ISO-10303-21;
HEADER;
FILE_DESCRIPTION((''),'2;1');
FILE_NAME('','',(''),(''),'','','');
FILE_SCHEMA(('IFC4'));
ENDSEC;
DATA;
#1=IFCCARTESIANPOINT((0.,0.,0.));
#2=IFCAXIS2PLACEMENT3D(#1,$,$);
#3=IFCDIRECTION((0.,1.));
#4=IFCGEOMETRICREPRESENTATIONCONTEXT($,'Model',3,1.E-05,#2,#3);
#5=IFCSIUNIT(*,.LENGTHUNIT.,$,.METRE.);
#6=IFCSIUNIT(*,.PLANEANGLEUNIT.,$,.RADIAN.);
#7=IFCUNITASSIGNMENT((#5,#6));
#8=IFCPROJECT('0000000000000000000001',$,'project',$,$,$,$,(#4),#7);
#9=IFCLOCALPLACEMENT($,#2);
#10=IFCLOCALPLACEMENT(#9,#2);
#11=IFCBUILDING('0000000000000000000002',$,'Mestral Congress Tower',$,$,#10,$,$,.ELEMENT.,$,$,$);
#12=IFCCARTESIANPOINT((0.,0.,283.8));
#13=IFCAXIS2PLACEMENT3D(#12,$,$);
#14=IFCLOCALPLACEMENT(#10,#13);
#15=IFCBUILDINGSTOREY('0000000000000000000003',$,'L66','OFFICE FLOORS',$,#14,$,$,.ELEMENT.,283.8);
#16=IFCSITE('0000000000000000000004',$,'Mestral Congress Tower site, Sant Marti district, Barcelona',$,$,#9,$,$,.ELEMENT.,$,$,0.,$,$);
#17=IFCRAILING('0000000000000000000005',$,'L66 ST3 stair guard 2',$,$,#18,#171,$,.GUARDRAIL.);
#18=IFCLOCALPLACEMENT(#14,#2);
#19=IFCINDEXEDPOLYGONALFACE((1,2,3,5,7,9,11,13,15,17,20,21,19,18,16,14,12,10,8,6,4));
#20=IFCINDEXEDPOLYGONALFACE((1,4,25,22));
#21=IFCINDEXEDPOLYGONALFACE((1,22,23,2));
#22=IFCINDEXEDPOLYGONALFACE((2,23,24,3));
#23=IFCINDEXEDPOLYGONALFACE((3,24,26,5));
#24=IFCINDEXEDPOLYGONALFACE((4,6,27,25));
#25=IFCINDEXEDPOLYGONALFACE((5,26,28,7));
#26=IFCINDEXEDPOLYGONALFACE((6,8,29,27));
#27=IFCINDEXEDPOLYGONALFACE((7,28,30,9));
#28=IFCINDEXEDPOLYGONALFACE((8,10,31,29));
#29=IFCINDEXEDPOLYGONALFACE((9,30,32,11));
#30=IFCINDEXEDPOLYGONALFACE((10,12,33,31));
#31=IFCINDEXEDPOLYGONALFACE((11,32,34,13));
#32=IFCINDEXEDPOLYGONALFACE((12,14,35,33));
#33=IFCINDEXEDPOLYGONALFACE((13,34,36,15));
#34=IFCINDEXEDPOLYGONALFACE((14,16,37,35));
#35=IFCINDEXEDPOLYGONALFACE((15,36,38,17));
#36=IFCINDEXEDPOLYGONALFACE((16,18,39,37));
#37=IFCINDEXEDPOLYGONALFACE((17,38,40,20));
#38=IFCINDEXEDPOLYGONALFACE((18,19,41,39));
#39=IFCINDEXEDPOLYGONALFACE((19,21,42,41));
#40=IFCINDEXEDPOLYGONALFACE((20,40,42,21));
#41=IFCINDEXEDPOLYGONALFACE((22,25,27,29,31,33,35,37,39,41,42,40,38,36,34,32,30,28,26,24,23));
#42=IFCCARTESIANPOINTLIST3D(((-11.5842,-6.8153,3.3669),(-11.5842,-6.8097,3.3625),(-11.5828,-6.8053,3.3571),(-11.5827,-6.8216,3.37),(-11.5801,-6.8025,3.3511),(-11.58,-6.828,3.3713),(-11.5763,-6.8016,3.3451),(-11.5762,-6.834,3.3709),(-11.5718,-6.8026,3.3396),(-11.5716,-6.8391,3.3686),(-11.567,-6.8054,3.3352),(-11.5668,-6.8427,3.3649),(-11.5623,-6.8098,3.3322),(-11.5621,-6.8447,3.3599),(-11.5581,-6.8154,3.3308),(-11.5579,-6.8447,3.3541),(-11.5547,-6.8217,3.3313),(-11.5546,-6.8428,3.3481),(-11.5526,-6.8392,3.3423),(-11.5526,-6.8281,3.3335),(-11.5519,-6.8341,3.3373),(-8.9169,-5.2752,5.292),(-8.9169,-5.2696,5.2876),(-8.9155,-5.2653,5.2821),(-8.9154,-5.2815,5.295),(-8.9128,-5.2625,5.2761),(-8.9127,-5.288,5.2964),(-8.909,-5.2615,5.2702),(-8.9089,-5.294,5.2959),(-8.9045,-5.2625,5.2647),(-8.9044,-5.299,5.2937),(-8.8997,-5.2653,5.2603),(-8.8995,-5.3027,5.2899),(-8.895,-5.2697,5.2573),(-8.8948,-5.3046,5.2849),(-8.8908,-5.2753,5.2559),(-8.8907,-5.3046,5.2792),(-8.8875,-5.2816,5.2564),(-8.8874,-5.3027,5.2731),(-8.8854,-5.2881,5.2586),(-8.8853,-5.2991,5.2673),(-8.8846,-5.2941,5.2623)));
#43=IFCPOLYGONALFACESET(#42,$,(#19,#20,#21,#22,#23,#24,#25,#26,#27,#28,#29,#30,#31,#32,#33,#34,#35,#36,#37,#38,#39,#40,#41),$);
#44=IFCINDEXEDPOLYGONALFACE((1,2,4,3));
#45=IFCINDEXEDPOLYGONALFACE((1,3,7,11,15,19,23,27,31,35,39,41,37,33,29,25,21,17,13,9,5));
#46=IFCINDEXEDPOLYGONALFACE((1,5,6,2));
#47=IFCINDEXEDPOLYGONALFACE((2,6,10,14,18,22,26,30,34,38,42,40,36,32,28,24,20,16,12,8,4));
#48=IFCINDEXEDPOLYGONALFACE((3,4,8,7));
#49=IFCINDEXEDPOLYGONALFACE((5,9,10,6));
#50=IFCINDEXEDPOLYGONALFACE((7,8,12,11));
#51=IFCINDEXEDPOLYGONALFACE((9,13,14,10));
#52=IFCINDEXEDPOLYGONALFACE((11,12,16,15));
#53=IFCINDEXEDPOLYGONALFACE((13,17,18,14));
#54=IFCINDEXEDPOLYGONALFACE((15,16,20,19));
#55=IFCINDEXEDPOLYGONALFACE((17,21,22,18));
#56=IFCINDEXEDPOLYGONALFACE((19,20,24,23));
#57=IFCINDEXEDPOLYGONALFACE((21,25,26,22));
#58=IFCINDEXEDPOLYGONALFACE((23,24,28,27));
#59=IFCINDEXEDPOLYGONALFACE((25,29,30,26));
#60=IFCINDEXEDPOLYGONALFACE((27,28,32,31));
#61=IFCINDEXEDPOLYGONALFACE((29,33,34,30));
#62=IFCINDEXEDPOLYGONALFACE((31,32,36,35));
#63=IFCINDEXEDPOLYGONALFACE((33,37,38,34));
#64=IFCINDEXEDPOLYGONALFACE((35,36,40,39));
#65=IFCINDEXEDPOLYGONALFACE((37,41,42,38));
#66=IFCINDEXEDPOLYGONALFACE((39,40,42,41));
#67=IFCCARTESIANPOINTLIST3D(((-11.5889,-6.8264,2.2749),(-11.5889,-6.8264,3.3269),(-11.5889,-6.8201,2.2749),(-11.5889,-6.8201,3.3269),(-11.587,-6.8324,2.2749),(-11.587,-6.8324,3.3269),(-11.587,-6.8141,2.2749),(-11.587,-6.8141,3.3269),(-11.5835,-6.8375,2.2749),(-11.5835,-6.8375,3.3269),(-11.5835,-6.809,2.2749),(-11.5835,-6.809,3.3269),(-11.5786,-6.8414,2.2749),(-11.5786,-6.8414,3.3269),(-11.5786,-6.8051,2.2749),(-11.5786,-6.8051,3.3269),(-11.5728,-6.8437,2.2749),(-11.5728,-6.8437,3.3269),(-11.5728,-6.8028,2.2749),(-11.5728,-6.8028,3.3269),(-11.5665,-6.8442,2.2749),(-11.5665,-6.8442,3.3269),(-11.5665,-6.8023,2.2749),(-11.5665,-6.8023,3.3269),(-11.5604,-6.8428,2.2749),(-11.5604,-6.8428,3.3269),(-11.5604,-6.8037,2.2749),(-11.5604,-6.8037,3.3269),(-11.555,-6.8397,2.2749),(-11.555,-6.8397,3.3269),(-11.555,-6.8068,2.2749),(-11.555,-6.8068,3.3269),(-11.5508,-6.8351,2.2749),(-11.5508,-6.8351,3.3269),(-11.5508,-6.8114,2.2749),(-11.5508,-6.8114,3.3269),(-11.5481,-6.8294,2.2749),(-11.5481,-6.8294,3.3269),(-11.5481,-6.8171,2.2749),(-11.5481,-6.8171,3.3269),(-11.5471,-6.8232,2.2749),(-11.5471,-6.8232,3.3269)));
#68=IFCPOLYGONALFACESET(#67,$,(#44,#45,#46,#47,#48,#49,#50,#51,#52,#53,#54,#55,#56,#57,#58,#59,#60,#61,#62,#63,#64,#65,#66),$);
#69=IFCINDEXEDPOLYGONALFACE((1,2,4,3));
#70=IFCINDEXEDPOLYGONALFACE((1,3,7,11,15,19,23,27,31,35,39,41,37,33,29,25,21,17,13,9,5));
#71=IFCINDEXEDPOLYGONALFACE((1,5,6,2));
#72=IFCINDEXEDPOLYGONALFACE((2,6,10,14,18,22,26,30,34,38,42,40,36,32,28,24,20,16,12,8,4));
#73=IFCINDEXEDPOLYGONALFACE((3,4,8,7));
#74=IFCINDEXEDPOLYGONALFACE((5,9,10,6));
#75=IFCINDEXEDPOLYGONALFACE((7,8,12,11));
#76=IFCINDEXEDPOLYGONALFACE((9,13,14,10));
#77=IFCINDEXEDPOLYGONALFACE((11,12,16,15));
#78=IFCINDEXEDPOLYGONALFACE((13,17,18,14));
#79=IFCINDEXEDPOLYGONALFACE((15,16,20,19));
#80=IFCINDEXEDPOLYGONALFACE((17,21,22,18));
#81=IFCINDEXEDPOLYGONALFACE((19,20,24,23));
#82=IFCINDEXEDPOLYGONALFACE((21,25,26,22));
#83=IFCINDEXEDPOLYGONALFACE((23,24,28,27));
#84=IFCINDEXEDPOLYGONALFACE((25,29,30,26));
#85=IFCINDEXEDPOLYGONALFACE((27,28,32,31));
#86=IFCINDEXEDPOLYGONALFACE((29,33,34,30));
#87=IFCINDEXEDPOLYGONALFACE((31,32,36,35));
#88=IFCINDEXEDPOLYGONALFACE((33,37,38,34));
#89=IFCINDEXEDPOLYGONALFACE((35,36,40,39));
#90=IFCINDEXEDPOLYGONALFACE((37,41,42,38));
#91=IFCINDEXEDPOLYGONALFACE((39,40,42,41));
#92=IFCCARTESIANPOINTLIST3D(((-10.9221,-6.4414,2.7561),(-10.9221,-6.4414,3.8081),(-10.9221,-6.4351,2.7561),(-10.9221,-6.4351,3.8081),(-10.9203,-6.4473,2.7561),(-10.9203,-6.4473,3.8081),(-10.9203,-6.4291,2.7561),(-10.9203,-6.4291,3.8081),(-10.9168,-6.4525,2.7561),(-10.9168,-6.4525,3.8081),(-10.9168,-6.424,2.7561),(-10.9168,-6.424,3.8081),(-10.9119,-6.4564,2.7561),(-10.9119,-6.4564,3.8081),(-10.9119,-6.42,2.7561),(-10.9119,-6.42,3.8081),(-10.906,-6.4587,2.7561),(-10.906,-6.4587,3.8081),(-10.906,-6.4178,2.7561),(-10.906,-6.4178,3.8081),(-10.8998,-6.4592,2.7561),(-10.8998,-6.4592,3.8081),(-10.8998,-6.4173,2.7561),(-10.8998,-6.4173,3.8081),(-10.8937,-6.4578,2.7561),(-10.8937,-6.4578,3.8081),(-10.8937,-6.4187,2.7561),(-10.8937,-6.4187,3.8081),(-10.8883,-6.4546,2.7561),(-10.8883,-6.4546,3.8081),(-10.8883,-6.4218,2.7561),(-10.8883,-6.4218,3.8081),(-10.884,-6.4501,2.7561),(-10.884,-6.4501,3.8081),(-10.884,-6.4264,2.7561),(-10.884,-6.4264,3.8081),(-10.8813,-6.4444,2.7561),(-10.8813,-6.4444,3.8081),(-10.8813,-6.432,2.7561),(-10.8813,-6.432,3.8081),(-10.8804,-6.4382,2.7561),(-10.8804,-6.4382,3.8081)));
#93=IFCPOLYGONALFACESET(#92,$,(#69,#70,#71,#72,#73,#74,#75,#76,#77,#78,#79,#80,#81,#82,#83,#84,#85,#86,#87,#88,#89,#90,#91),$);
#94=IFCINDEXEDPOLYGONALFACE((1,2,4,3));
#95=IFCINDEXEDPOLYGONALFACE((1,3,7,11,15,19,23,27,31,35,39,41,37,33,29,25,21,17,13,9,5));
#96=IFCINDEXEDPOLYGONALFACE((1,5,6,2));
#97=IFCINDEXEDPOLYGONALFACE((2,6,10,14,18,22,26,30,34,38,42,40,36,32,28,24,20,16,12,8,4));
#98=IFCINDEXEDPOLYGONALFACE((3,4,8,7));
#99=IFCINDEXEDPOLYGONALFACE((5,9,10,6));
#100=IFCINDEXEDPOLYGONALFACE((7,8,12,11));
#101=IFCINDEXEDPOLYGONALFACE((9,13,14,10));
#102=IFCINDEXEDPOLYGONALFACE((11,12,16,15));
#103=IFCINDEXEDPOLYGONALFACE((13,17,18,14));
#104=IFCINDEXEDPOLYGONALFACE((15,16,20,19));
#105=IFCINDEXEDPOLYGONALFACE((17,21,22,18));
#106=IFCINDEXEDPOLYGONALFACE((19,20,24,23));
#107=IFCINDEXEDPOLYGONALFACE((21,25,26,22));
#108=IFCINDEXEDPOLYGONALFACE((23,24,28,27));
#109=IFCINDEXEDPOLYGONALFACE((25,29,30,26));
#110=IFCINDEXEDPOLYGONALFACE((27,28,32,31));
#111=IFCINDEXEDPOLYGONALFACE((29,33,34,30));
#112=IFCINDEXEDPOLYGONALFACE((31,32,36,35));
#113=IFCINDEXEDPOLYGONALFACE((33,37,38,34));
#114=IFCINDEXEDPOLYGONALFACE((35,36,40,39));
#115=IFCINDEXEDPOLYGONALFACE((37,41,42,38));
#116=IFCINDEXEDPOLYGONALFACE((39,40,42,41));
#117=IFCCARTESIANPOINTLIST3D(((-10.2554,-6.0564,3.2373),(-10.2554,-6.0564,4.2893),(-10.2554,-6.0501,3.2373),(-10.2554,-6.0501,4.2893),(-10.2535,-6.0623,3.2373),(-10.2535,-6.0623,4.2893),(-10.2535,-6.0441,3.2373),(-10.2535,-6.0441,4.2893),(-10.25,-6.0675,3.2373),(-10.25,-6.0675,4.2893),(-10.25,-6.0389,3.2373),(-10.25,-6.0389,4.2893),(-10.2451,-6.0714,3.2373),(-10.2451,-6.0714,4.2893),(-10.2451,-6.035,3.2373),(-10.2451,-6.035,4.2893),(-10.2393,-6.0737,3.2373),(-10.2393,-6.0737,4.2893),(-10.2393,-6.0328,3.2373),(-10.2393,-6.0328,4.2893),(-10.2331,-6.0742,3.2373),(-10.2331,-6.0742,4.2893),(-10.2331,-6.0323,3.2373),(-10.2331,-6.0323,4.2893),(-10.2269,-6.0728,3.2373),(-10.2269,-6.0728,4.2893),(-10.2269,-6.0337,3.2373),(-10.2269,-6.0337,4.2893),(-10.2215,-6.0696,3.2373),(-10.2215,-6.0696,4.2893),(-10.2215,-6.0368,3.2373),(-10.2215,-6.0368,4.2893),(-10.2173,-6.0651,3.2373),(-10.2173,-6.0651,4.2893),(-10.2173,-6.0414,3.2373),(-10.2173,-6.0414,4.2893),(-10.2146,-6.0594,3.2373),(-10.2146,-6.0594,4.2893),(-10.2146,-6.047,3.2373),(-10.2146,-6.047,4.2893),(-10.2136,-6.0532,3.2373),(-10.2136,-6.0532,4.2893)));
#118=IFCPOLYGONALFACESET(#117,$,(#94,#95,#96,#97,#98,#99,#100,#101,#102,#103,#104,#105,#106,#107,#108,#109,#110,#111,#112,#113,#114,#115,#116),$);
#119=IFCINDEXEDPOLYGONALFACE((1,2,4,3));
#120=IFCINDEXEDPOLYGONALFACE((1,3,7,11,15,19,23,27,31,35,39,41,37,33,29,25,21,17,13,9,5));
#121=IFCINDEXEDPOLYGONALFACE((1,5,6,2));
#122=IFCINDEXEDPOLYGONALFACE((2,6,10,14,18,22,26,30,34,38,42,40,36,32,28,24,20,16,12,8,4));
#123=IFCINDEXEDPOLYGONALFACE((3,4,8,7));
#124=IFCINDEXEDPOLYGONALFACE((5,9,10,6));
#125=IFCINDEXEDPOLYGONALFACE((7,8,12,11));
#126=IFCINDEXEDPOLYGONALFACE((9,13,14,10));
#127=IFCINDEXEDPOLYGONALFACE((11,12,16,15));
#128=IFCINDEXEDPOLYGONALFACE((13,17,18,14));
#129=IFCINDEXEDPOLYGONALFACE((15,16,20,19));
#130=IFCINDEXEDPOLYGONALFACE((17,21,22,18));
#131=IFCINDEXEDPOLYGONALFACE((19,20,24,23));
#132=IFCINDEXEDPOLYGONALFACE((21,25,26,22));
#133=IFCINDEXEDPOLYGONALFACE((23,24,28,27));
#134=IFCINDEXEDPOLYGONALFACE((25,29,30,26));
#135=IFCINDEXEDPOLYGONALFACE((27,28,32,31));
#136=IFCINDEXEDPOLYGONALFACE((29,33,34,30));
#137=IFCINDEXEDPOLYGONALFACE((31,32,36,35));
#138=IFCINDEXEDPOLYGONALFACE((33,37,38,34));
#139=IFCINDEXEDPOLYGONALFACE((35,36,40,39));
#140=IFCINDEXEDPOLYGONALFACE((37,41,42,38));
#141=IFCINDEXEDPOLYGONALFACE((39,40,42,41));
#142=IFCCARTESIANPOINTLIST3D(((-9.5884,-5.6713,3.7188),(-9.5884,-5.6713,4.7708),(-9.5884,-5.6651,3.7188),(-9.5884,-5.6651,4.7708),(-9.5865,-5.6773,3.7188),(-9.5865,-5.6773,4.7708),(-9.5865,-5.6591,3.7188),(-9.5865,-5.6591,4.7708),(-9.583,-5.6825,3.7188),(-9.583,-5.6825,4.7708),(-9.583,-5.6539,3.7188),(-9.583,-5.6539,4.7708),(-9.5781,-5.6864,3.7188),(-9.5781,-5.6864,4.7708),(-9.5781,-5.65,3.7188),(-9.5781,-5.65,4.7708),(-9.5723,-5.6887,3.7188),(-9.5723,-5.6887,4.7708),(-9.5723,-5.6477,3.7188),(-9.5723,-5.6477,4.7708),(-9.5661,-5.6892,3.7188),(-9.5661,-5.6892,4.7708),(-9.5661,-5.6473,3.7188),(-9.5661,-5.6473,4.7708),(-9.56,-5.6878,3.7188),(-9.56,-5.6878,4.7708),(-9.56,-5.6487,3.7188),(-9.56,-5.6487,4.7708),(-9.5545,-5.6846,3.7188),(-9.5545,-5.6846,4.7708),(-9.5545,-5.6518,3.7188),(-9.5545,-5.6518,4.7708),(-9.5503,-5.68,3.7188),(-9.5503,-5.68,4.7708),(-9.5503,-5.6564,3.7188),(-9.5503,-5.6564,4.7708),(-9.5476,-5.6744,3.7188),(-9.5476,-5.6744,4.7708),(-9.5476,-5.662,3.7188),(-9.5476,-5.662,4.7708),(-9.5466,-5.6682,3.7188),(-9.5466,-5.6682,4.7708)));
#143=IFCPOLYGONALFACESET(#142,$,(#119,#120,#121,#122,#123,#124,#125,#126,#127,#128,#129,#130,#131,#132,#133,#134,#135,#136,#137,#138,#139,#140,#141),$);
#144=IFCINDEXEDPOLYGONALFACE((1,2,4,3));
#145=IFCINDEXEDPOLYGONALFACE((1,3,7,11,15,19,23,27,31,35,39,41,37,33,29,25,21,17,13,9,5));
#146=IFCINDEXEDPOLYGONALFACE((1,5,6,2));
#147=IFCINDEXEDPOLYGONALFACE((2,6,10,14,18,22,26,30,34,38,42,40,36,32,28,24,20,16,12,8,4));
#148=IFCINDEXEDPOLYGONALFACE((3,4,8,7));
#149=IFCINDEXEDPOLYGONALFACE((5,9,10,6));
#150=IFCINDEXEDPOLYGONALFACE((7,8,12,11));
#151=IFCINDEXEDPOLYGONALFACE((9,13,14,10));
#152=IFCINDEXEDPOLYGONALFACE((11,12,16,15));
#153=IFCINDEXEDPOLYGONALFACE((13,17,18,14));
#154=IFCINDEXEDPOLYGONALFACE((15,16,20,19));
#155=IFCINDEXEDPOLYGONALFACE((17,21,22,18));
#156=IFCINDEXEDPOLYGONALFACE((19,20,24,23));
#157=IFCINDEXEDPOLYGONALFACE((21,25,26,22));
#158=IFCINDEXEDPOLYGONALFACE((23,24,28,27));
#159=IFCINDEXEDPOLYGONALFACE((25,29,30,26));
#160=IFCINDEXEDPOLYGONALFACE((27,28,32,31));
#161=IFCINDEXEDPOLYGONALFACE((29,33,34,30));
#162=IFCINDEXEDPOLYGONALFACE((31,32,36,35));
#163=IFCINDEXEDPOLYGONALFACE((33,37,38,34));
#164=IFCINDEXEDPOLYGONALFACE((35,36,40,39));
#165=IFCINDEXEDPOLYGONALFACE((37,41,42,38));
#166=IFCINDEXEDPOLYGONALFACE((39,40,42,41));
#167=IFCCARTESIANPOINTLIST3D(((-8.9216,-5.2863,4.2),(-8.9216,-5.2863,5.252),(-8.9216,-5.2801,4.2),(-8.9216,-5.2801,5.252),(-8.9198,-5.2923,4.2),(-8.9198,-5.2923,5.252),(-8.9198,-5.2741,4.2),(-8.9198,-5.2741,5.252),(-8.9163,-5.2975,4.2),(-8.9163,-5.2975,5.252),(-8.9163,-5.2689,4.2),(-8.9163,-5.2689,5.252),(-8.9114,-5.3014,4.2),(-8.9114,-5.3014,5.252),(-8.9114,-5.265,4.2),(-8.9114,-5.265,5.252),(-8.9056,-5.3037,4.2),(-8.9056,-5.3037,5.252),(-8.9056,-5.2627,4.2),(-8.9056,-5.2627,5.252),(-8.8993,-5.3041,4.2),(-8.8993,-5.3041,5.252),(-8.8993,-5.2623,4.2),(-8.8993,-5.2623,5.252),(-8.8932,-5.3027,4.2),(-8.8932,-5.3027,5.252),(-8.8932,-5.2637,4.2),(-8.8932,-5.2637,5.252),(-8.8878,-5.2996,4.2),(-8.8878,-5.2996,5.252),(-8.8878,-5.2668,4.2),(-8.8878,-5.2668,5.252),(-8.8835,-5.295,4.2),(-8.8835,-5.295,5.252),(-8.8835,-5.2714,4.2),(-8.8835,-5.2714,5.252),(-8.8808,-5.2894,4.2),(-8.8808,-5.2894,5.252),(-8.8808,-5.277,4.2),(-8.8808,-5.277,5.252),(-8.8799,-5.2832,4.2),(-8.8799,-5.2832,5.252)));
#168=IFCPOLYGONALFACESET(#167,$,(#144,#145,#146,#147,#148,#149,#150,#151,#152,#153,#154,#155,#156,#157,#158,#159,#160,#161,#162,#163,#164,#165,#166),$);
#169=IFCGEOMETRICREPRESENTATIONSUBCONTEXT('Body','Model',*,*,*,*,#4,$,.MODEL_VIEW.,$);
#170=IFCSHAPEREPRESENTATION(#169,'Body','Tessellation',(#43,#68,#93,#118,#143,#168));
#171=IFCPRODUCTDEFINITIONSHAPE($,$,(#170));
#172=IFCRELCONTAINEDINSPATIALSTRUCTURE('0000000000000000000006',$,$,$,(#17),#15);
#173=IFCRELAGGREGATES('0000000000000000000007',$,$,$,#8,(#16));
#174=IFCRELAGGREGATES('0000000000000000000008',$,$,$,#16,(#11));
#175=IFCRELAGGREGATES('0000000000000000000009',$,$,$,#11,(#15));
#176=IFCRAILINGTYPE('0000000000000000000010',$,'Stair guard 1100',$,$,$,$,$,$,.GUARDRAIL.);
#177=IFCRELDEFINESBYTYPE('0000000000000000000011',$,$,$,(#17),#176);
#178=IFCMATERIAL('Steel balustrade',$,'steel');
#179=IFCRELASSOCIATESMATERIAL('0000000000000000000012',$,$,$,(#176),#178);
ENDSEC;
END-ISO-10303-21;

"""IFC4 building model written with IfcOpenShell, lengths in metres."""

from ifc_helpers import new_model, si_unit, direction, frame, origin, origin_2d, place, context, subcontext, project, spatial, circle, extrude, material, type_object, element, save


model = new_model("IFC4")

# Units and contexts
model_context = context("Model", 3, precision=1e-05, world=origin(), true_north=direction((0.0, 1.0)))
body_context = subcontext(model_context, "Body", "Model", "MODEL_VIEW")
ifc_project = project(units=[si_unit("LENGTHUNIT", "METRE"), si_unit("PLANEANGLEUNIT", "RADIAN")], contexts=[model_context])

# Site, building, storey
site_placement = place(None, origin())
site = spatial("IfcSite", under=ifc_project, at=site_placement, Name="Mestral Congress Tower site, Sant Marti district, Barcelona", CompositionType="ELEMENT", RefElevation=0.0)
building_placement = place(site_placement, origin())
building = spatial("IfcBuilding", under=site, at=building_placement, Name="Mestral Congress Tower", CompositionType="ELEMENT")
storey_placement = place(building_placement, frame((0.0, 0.0, 283.8)))
storey = spatial("IfcBuildingStorey", under=building, at=storey_placement, Name="L66", Description="OFFICE FLOORS", CompositionType="ELEMENT", Elevation=283.8)

# Railing
ifc_material_1 = material(Name="Steel balustrade", Category="steel")
railing_type_1 = type_object("IfcRailingType", Name="Stair guard 1100", PredefinedType="GUARDRAIL", material=ifc_material_1)
railing_1_placement = place(storey_placement, frame((-11.5681, -6.8232, 2.2749)))
element("IfcRailing", 1, at=railing_1_placement, inside=storey, type_object=railing_type_1, Name="L66 ST3 stair guard 2", PredefinedType="GUARDRAIL", context=body_context, shape_type="SweptSolid", body=[
    extrude(circle(Radius=0.0239, at=origin_2d()), frame((0.0, 0.0, 1.0762), z_axis=(0.734364, 0.424015, 0.530019), x_axis=(-0.500027, 0.86601, 0.0)), (0.0, 0.0, 1.0), 3.6321),
    extrude(circle(Radius=0.021, at=origin_2d()), origin(), (0.0, 0.0, 1.0), 1.052),
    extrude(circle(Radius=0.021, at=origin_2d()), frame((0.6667, 0.385, 0.4812)), (0.0, 0.0, 1.0), 1.052),
    extrude(circle(Radius=0.021, at=origin_2d()), frame((1.3335, 0.77, 0.9624)), (0.0, 0.0, 1.0), 1.052),
    extrude(circle(Radius=0.021, at=origin_2d()), frame((2.0005, 1.155, 1.4438)), (0.0, 0.0, 1.0), 1.052),
    extrude(circle(Radius=0.021, at=origin_2d()), frame((2.6672, 1.54, 1.925)), (0.0, 0.0, 1.0), 1.052),
])

save(model, "model.ifc")
